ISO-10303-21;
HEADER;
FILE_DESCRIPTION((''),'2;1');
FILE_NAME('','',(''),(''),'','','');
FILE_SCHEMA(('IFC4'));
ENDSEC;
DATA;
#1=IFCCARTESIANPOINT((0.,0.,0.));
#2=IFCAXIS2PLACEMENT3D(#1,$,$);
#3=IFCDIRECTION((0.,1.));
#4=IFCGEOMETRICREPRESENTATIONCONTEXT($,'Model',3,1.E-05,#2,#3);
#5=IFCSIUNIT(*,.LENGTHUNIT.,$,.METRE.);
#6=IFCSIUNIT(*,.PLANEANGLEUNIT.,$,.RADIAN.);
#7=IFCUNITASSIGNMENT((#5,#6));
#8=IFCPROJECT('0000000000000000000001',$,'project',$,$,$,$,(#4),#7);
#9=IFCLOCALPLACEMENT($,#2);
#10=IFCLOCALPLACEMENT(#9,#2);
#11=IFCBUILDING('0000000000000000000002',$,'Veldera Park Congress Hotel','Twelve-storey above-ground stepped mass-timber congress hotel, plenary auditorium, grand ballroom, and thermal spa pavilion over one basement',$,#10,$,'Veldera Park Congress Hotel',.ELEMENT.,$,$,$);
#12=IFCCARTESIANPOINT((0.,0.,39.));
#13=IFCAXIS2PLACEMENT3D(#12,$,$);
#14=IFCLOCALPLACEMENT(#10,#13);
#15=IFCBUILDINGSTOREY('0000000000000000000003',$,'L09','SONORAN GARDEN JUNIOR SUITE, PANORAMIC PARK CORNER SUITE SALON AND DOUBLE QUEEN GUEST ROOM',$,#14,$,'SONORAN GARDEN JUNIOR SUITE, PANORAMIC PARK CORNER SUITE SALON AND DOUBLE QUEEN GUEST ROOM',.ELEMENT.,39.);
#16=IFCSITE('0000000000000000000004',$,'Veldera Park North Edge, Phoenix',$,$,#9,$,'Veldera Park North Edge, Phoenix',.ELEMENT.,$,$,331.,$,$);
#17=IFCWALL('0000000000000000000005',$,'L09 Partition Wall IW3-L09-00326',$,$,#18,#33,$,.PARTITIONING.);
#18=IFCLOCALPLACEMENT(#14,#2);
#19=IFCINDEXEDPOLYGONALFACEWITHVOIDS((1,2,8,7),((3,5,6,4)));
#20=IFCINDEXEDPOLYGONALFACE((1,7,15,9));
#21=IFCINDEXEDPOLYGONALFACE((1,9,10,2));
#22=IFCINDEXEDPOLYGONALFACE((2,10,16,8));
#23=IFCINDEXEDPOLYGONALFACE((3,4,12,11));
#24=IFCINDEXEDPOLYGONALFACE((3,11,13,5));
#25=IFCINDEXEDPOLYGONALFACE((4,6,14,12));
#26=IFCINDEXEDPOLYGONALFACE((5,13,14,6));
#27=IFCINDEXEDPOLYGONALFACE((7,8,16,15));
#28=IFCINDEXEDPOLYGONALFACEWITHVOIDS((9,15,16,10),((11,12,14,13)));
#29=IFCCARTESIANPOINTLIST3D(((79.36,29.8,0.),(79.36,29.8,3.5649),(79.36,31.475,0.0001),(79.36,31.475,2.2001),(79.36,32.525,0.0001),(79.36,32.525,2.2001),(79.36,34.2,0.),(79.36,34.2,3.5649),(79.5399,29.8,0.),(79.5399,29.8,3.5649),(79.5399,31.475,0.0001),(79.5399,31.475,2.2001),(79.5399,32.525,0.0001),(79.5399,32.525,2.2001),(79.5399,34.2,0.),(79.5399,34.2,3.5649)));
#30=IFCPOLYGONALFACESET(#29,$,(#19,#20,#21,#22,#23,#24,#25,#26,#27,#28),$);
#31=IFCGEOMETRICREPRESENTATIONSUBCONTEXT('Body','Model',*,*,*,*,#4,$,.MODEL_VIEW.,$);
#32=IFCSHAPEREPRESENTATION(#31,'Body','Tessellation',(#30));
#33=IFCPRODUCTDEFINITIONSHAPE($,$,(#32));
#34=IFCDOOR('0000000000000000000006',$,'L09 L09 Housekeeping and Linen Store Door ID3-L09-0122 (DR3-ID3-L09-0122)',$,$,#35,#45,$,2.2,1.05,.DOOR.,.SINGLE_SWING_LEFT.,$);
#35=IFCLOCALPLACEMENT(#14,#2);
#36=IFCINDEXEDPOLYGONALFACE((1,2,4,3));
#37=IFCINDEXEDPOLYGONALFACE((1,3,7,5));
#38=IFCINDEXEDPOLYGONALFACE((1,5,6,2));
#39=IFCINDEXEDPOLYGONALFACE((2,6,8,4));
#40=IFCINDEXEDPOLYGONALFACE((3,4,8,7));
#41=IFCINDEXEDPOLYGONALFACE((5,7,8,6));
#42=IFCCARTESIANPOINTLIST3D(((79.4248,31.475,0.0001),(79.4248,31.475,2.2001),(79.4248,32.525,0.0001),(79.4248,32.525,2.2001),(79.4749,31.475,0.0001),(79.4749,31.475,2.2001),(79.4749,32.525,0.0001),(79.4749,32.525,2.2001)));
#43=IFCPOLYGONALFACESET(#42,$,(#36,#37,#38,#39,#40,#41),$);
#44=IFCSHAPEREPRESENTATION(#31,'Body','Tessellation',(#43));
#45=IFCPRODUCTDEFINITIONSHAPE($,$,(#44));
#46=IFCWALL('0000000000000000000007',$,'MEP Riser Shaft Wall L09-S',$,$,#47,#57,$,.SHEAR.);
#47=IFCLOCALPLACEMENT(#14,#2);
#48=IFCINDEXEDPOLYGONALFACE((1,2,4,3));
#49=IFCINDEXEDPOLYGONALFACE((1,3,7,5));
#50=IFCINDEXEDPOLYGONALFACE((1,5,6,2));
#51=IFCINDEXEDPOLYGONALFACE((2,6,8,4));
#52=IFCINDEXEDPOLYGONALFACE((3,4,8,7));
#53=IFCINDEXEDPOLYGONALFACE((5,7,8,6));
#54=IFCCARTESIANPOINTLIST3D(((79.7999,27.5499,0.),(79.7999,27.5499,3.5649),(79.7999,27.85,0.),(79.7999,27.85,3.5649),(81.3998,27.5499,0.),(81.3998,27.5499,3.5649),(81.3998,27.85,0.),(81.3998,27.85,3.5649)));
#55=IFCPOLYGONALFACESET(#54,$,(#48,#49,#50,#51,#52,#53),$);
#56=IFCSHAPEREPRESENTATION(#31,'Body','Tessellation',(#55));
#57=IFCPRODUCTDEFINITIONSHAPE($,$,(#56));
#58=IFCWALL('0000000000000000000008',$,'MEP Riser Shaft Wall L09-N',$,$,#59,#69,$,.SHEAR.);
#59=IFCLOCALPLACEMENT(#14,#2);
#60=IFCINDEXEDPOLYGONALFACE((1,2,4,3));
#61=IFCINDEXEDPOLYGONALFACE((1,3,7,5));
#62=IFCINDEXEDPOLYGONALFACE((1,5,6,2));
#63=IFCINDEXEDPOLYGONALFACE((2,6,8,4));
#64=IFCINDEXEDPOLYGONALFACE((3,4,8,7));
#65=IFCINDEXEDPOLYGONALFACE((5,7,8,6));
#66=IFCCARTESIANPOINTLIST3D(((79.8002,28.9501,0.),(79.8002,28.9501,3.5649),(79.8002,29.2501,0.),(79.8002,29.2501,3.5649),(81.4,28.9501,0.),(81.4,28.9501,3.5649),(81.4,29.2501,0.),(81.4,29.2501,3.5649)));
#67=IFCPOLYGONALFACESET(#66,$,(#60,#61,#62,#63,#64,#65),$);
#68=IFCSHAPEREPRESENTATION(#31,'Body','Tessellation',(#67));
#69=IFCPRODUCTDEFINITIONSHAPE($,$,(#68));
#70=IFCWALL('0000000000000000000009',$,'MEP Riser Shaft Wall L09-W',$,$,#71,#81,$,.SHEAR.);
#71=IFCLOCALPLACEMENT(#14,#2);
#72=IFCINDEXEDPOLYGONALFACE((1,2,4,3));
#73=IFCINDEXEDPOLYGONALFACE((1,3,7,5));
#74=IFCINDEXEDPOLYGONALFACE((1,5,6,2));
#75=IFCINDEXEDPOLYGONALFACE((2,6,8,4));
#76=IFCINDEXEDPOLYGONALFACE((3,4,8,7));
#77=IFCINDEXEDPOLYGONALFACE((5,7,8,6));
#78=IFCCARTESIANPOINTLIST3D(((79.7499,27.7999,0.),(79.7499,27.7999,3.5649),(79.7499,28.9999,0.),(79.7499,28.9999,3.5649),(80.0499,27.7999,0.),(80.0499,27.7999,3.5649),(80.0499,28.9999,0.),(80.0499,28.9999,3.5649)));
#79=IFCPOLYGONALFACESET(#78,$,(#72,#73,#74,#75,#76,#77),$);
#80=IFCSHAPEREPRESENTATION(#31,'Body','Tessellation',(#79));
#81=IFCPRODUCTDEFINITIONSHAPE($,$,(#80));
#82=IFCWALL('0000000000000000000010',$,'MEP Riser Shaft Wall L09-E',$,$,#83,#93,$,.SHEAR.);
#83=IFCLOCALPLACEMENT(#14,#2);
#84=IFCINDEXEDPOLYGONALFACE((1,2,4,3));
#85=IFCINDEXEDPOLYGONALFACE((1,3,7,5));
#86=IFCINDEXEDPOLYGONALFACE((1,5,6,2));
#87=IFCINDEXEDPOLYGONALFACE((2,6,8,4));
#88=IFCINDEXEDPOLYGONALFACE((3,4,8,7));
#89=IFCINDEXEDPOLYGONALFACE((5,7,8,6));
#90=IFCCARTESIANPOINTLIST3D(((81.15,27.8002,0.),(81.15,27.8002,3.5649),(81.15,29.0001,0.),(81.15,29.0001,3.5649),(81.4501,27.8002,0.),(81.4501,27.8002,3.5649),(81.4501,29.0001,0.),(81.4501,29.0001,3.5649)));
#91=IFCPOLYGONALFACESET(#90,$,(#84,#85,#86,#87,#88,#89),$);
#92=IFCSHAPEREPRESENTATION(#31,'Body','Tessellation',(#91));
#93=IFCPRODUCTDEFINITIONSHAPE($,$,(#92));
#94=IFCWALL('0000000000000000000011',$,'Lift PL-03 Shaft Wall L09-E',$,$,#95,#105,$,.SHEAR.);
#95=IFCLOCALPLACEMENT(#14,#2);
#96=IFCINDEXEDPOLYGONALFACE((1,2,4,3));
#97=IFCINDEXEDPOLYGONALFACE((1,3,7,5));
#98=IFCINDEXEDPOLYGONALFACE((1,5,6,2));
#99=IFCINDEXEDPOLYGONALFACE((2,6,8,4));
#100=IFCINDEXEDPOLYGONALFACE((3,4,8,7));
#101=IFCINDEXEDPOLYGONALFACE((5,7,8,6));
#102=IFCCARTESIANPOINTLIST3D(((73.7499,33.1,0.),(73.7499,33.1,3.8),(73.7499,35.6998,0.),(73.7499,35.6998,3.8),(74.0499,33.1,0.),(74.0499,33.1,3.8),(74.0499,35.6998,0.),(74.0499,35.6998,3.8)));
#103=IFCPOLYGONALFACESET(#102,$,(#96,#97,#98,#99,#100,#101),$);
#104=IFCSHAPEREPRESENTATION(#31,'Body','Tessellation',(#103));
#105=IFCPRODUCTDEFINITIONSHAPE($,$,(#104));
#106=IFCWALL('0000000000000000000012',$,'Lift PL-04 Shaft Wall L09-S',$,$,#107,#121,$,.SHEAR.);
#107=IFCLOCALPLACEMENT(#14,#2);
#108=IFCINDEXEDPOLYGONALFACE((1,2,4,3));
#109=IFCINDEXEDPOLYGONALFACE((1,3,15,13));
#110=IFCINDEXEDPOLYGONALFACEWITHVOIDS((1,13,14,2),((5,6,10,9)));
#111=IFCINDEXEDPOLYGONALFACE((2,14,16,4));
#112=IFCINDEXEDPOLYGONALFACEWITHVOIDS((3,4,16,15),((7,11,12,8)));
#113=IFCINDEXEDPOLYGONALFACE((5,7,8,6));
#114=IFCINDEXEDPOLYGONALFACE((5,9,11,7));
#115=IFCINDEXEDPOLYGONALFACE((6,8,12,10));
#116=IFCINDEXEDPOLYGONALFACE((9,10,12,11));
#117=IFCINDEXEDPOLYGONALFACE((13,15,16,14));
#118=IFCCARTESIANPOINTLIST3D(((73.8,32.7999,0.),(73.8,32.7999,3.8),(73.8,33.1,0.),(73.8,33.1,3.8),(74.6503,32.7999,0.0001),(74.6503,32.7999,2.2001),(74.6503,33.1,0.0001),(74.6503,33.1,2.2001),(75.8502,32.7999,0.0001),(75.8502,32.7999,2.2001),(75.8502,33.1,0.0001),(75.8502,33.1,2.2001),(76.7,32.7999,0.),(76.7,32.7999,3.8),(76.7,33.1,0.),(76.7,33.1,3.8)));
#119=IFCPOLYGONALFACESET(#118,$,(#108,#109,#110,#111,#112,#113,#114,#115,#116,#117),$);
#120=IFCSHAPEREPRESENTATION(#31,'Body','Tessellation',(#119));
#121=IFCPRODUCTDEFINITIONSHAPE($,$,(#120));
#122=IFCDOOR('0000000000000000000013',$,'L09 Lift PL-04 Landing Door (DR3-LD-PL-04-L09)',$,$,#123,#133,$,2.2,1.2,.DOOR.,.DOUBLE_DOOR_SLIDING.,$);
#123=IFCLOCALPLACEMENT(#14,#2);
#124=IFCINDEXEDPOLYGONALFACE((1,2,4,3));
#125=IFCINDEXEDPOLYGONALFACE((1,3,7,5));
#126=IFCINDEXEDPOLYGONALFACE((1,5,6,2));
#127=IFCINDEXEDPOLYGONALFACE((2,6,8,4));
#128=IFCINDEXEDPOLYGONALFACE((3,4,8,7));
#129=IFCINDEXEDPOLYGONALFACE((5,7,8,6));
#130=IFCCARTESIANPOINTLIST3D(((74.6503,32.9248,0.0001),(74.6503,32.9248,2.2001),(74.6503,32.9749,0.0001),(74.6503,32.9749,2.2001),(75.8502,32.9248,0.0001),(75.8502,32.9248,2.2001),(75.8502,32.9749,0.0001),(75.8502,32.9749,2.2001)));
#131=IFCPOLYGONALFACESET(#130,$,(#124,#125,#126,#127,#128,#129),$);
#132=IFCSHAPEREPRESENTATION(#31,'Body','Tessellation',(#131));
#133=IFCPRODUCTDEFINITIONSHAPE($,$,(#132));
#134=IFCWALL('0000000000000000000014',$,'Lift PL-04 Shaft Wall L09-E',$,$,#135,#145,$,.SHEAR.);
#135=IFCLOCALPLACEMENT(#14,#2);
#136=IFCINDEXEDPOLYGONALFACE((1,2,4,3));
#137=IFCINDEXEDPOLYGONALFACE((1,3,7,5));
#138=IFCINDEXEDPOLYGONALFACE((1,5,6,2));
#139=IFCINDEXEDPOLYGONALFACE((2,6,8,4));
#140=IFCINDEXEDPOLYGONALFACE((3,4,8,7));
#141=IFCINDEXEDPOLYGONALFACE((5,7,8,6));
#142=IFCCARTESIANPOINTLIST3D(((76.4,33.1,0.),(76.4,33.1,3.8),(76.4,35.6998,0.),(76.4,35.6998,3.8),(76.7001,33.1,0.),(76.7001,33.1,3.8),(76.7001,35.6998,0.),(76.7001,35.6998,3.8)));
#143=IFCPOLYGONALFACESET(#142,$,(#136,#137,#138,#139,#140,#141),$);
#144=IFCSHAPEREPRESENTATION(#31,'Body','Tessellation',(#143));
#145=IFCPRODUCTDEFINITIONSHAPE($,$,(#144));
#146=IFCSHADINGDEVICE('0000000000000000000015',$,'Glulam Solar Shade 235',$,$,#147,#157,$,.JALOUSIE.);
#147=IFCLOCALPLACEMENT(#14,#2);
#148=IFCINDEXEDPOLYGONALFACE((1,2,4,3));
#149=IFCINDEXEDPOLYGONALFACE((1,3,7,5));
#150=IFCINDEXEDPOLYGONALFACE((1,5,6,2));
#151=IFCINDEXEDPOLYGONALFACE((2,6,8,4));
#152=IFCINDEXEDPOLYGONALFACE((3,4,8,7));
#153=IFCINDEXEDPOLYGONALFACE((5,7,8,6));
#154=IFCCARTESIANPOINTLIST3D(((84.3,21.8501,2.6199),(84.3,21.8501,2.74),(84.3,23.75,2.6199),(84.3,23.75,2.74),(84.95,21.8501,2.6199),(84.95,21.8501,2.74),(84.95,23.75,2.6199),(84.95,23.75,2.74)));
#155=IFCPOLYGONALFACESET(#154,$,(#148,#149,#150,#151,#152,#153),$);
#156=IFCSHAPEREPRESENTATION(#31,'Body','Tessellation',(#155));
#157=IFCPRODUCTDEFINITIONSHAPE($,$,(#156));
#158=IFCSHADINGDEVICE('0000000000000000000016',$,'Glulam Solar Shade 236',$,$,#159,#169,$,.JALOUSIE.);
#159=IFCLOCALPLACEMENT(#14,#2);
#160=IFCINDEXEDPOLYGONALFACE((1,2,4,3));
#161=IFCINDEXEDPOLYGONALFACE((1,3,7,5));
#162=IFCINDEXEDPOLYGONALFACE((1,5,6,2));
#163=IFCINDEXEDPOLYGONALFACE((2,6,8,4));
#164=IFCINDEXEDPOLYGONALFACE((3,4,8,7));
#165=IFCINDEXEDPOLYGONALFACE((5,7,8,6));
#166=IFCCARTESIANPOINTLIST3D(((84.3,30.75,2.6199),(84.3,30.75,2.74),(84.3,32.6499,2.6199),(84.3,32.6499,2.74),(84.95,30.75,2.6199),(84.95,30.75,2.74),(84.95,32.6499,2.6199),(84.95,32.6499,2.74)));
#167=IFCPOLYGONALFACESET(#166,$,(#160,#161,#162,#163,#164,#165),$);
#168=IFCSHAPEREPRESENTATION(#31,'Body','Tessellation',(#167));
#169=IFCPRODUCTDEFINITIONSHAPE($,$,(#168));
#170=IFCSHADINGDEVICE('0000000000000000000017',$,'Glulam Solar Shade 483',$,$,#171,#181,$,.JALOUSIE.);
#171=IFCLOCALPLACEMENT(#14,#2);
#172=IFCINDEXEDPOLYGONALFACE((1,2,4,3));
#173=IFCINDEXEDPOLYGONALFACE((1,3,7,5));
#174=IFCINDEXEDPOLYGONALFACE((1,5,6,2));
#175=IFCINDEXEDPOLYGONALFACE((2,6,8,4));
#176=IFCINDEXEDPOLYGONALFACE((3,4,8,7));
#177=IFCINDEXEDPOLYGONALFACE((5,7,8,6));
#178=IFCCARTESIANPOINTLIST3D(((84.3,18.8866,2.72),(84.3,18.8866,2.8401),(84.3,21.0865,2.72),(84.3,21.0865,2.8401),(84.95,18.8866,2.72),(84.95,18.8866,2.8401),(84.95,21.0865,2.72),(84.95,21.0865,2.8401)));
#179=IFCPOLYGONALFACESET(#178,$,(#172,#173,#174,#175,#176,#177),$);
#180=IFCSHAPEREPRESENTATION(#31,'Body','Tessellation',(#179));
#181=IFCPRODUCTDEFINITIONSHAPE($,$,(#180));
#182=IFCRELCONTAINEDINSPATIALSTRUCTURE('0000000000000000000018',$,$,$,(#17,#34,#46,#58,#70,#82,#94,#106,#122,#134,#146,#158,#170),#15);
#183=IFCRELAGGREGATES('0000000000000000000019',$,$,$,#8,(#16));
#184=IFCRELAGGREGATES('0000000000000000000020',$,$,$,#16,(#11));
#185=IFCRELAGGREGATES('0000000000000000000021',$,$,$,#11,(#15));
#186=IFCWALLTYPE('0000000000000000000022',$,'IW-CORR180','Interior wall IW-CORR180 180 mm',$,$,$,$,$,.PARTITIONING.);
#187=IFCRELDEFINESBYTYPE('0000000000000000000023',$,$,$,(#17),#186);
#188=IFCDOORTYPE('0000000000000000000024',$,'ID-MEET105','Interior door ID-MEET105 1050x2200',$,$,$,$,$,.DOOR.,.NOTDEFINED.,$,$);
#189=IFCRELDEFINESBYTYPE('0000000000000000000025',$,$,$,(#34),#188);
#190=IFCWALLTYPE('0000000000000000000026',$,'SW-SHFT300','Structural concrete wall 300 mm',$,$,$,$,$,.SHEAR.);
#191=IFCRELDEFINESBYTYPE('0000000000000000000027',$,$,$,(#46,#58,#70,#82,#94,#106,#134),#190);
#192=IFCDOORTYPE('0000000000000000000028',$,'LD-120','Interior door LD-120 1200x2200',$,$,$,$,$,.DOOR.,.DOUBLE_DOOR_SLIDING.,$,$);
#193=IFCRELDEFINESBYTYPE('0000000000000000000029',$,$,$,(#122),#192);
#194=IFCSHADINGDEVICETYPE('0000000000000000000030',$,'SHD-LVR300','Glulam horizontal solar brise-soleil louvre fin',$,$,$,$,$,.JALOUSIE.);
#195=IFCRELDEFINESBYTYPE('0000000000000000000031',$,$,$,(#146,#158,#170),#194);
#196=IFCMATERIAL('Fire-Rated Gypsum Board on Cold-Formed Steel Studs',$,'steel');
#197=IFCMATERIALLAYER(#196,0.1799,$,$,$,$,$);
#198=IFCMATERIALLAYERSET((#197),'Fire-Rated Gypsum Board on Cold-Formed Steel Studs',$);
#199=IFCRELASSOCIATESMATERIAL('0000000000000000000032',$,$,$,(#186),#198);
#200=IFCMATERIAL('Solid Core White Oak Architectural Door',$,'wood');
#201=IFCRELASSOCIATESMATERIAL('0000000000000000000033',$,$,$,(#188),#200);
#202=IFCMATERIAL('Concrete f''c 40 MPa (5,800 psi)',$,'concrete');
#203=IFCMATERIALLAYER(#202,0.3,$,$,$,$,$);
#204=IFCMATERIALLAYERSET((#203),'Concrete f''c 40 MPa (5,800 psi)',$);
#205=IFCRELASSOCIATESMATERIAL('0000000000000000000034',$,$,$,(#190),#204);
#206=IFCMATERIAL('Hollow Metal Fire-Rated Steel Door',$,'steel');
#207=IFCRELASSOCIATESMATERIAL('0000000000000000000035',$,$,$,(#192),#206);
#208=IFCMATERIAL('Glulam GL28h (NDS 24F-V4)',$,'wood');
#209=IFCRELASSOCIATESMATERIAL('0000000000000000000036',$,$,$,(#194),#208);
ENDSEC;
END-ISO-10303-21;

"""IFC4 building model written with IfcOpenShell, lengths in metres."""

from ifc_helpers import new_model, si_unit, direction, frame, frame_2d, origin, origin_2d, place, context, subcontext, project, spatial, rectangle, extrude, material, layer, layer_set, type_object, element, fill, save


model = new_model("IFC4")

# Units and contexts
model_context = context("Model", 3, precision=1e-05, world=origin(), true_north=direction((0.0, 1.0)))
body_context = subcontext(model_context, "Body", "Model", "MODEL_VIEW")
ifc_project = project(units=[si_unit("LENGTHUNIT", "METRE"), si_unit("PLANEANGLEUNIT", "RADIAN")], contexts=[model_context])

# Site, building, storey
site_placement = place(None, origin())
site = spatial("IfcSite", under=ifc_project, at=site_placement, Name="Veldera Park North Edge, Phoenix", LongName="Veldera Park North Edge, Phoenix", CompositionType="ELEMENT", RefElevation=331.0)
building_placement = place(site_placement, origin())
building = spatial("IfcBuilding", under=site, at=building_placement, Name="Veldera Park Congress Hotel", Description="Twelve-storey above-ground stepped mass-timber congress hotel, plenary auditorium, grand ballroom, and thermal spa pavilion over one basement", LongName="Veldera Park Congress Hotel", CompositionType="ELEMENT")
storey_placement = place(building_placement, frame((0.0, 0.0, 39.0)))
storey = spatial("IfcBuildingStorey", under=building, at=storey_placement, Name="L09", Description="SONORAN GARDEN JUNIOR SUITE, PANORAMIC PARK CORNER SUITE SALON AND DOUBLE QUEEN GUEST ROOM", LongName="SONORAN GARDEN JUNIOR SUITE, PANORAMIC PARK CORNER SUITE SALON AND DOUBLE QUEEN GUEST ROOM", CompositionType="ELEMENT", Elevation=39.0)

# Shared definitions
ifc_material_1 = material(Name="Glulam GL28h (NDS 24F-V4)", Category="wood")

# Shared definitions
ifc_material_2 = material(Name="Fire-Rated Gypsum Board on Cold-Formed Steel Studs", Category="steel")
ifc_material_3 = material(Name="Solid Core White Oak Architectural Door", Category="wood")

# Shared definitions
ifc_layer_1 = layer(ifc_material_2, 0.1799)
ifc_layer_set_1 = layer_set([ifc_layer_1], Name="Fire-Rated Gypsum Board on Cold-Formed Steel Studs")
wall_type_1 = type_object("IfcWallType", Name="IW-CORR180", Description="Interior wall IW-CORR180 180 mm", PredefinedType="PARTITIONING", material=ifc_layer_set_1)

# Wall, opening, door
wall_1_placement = place(storey_placement, frame((79.45, 34.2, 0.0), z_axis=(0.0, 0.0, 1.0), x_axis=(0.0, -1.0, 0.0)))
wall_1 = element("IfcWall", 1, at=wall_1_placement, inside=storey, type_object=wall_type_1, Name="L09 Partition Wall IW3-L09-00326", PredefinedType="PARTITIONING", context=body_context, shape_type="SweptSolid", body=[
    extrude(rectangle(XDim=4.3999, YDim=0.1799, at=frame_2d((2.2, 0.0))), origin(), (0.0, 0.0, 1.0), 3.5649),
])
opening_1_placement = place(wall_1_placement, frame((1.675, 0.0, 0.0)))
opening_1 = element("IfcOpeningElement", 2, at=opening_1_placement, cuts=wall_1, PredefinedType="OPENING", context=body_context, shape_type="SweptSolid", body=[
    extrude(rectangle(XDim=1.05, YDim=2.2, at=frame_2d((0.5249, 1.1001))), frame((0.0, 0.1021, 0.0), z_axis=(0.0, -1.0, 0.0), x_axis=(1.0, 0.0, 0.0)), (0.0, 0.0, 1.0), 0.2039),
])
door_type_1 = type_object("IfcDoorType", Name="ID-MEET105", Description="Interior door ID-MEET105 1050x2200", OperationType="NOTDEFINED", PredefinedType="DOOR", material=ifc_material_3)
door_1_placement = place(opening_1_placement, origin())
door_1 = element("IfcDoor", 3, at=door_1_placement, inside=storey, type_object=door_type_1, Name="L09 L09 Housekeeping and Linen Store Door ID3-L09-0122 (DR3-ID3-L09-0122)", OperationType="SINGLE_SWING_LEFT", OverallHeight=2.2, OverallWidth=1.05, PredefinedType="DOOR", context=body_context, shape_type="SweptSolid", body=[
    extrude(rectangle(XDim=1.05, YDim=2.2, at=frame_2d((0.5249, 1.1001))), frame((0.0, 0.0249, 0.0), z_axis=(0.0, -1.0, 0.0), x_axis=(1.0, 0.0, 0.0)), (0.0, 0.0, 1.0), 0.05),
])
fill(opening_1, door_1)

# Walls
ifc_material_4 = material(Name="Concrete f'c 40 MPa (5,800 psi)", Category="concrete")
ifc_layer_2 = layer(ifc_material_4, 0.3)
ifc_layer_set_2 = layer_set([ifc_layer_2], Name="Concrete f'c 40 MPa (5,800 psi)")
wall_type_2 = type_object("IfcWallType", Name="SW-SHFT300", Description="Structural concrete wall 300 mm", PredefinedType="SHEAR", material=ifc_layer_set_2)
for number, where, z_axis, x_axis, name in (
    (4, (79.8, 27.7, 0.0), (0.0, 0.0, 1.0), (1.0, 0.0, 0.0), "MEP Riser Shaft Wall L09-S"),
    (5, (81.3999, 29.1001, 0.0), (0.0, 0.0, 1.0), (-1.0, 0.0, 0.0), "MEP Riser Shaft Wall L09-N"),
):
    element("IfcWall", number, at=place(storey_placement, frame(where, z_axis=z_axis, x_axis=x_axis)), inside=storey, type_object=wall_type_2, Name=name, PredefinedType="SHEAR", context=body_context, shape_type="SweptSolid", body=[
        extrude(rectangle(XDim=1.5999, YDim=0.3, at=frame_2d((0.7998, 0.0))), origin(), (0.0, 0.0, 1.0), 3.5649),
    ])
for number, where, z_axis, x_axis, name in (
    (6, (79.8999, 29.0, 0.0), (0.0, 0.0, 1.0), (0.0, -1.0, 0.0), "MEP Riser Shaft Wall L09-W"),
    (7, (81.3, 27.8, 0.0), (0.0, 0.0, 1.0), (0.0, 1.0, 0.0), "MEP Riser Shaft Wall L09-E"),
):
    element("IfcWall", number, at=place(storey_placement, frame(where, z_axis=z_axis, x_axis=x_axis)), inside=storey, type_object=wall_type_2, Name=name, PredefinedType="SHEAR", context=body_context, shape_type="SweptSolid", body=[
        extrude(rectangle(XDim=1.2, YDim=0.3, at=frame_2d((0.6001, 0.0))), origin(), (0.0, 0.0, 1.0), 3.5649),
    ])
wall_2_placement = place(storey_placement, frame((73.8999, 33.1001, 0.0), z_axis=(0.0, 0.0, 1.0), x_axis=(0.0, 1.0, 0.0)))
element("IfcWall", 8, at=wall_2_placement, inside=storey, type_object=wall_type_2, Name="Lift PL-03 Shaft Wall L09-E", PredefinedType="SHEAR", context=body_context, shape_type="SweptSolid", body=[
    extrude(rectangle(XDim=2.5999, YDim=0.3, at=frame_2d((1.2998, 0.0))), origin(), (0.0, 0.0, 1.0), 3.8),
])

# Wall, opening, door
wall_3_placement = place(storey_placement, frame((73.8, 32.95, 0.0), z_axis=(0.0, 0.0, 1.0), x_axis=(1.0, 0.0, 0.0)))
wall_3 = element("IfcWall", 9, at=wall_3_placement, inside=storey, type_object=wall_type_2, Name="Lift PL-04 Shaft Wall L09-S", PredefinedType="SHEAR", context=body_context, shape_type="SweptSolid", body=[
    extrude(rectangle(XDim=2.8999, YDim=0.3, at=frame_2d((1.45, 0.0))), origin(), (0.0, 0.0, 1.0), 3.8),
])
opening_2_placement = place(wall_3_placement, frame((0.8501, 0.0, 0.0)))
opening_2 = element("IfcOpeningElement", 10, at=opening_2_placement, cuts=wall_3, PredefinedType="OPENING", context=body_context, shape_type="SweptSolid", body=[
    extrude(rectangle(XDim=1.2, YDim=2.2, at=frame_2d((0.6001, 1.1001))), frame((0.0, 0.1621, 0.0), z_axis=(0.0, -1.0, 0.0), x_axis=(1.0, 0.0, 0.0)), (0.0, 0.0, 1.0), 0.324),
])
ifc_material_5 = material(Name="Hollow Metal Fire-Rated Steel Door", Category="steel")
door_type_2 = type_object("IfcDoorType", Name="LD-120", Description="Interior door LD-120 1200x2200", OperationType="DOUBLE_DOOR_SLIDING", PredefinedType="DOOR", material=ifc_material_5)
door_2_placement = place(opening_2_placement, origin())
door_2 = element("IfcDoor", 11, at=door_2_placement, inside=storey, type_object=door_type_2, Name="L09 Lift PL-04 Landing Door (DR3-LD-PL-04-L09)", OperationType="DOUBLE_DOOR_SLIDING", OverallHeight=2.2, OverallWidth=1.2, PredefinedType="DOOR", context=body_context, shape_type="SweptSolid", body=[
    extrude(rectangle(XDim=1.2, YDim=2.2, at=frame_2d((0.6001, 1.1001))), frame((0.0, 0.0249, 0.0), z_axis=(0.0, -1.0, 0.0), x_axis=(1.0, 0.0, 0.0)), (0.0, 0.0, 1.0), 0.05),
])
fill(opening_2, door_2)

# Wall
wall_4_placement = place(storey_placement, frame((76.55, 33.1001, 0.0), z_axis=(0.0, 0.0, 1.0), x_axis=(0.0, 1.0, 0.0)))
element("IfcWall", 12, at=wall_4_placement, inside=storey, type_object=wall_type_2, Name="Lift PL-04 Shaft Wall L09-E", PredefinedType="SHEAR", context=body_context, shape_type="SweptSolid", body=[
    extrude(rectangle(XDim=2.5999, YDim=0.3, at=frame_2d((1.2998, 0.0))), origin(), (0.0, 0.0, 1.0), 3.8),
])

# Shading devices
shading_device_type = type_object("IfcShadingDeviceType", Name="SHD-LVR300", Description="Glulam horizontal solar brise-soleil louvre fin", PredefinedType="JALOUSIE", material=ifc_material_1)
for number, where, z_axis, x_axis, name in (
    (13, (84.625, 22.8, 2.6199), (0.0, 0.0, 1.0), (0.0, 1.0, 0.0), "Glulam Solar Shade 235"),
    (14, (84.625, 31.7, 2.6199), (0.0, 0.0, 1.0), (0.0, 1.0, 0.0), "Glulam Solar Shade 236"),
):
    element("IfcShadingDevice", number, at=place(storey_placement, frame(where, z_axis=z_axis, x_axis=x_axis)), inside=storey, type_object=shading_device_type, Name=name, PredefinedType="JALOUSIE", context=body_context, shape_type="SweptSolid", body=[
        extrude(rectangle(XDim=1.8999, YDim=0.6499, at=origin_2d()), origin(), (0.0, 0.0, 1.0), 0.1201),
    ])
shading_device_placement = place(storey_placement, frame((84.625, 19.9866, 2.72), z_axis=(0.0, 0.0, 1.0), x_axis=(0.0, 1.0, 0.0)))
element("IfcShadingDevice", 15, at=shading_device_placement, inside=storey, type_object=shading_device_type, Name="Glulam Solar Shade 483", PredefinedType="JALOUSIE", context=body_context, shape_type="SweptSolid", body=[
    extrude(rectangle(XDim=2.2, YDim=0.6499, at=origin_2d()), origin(), (0.0, 0.0, 1.0), 0.1201),
])

save(model, "model.ifc")
